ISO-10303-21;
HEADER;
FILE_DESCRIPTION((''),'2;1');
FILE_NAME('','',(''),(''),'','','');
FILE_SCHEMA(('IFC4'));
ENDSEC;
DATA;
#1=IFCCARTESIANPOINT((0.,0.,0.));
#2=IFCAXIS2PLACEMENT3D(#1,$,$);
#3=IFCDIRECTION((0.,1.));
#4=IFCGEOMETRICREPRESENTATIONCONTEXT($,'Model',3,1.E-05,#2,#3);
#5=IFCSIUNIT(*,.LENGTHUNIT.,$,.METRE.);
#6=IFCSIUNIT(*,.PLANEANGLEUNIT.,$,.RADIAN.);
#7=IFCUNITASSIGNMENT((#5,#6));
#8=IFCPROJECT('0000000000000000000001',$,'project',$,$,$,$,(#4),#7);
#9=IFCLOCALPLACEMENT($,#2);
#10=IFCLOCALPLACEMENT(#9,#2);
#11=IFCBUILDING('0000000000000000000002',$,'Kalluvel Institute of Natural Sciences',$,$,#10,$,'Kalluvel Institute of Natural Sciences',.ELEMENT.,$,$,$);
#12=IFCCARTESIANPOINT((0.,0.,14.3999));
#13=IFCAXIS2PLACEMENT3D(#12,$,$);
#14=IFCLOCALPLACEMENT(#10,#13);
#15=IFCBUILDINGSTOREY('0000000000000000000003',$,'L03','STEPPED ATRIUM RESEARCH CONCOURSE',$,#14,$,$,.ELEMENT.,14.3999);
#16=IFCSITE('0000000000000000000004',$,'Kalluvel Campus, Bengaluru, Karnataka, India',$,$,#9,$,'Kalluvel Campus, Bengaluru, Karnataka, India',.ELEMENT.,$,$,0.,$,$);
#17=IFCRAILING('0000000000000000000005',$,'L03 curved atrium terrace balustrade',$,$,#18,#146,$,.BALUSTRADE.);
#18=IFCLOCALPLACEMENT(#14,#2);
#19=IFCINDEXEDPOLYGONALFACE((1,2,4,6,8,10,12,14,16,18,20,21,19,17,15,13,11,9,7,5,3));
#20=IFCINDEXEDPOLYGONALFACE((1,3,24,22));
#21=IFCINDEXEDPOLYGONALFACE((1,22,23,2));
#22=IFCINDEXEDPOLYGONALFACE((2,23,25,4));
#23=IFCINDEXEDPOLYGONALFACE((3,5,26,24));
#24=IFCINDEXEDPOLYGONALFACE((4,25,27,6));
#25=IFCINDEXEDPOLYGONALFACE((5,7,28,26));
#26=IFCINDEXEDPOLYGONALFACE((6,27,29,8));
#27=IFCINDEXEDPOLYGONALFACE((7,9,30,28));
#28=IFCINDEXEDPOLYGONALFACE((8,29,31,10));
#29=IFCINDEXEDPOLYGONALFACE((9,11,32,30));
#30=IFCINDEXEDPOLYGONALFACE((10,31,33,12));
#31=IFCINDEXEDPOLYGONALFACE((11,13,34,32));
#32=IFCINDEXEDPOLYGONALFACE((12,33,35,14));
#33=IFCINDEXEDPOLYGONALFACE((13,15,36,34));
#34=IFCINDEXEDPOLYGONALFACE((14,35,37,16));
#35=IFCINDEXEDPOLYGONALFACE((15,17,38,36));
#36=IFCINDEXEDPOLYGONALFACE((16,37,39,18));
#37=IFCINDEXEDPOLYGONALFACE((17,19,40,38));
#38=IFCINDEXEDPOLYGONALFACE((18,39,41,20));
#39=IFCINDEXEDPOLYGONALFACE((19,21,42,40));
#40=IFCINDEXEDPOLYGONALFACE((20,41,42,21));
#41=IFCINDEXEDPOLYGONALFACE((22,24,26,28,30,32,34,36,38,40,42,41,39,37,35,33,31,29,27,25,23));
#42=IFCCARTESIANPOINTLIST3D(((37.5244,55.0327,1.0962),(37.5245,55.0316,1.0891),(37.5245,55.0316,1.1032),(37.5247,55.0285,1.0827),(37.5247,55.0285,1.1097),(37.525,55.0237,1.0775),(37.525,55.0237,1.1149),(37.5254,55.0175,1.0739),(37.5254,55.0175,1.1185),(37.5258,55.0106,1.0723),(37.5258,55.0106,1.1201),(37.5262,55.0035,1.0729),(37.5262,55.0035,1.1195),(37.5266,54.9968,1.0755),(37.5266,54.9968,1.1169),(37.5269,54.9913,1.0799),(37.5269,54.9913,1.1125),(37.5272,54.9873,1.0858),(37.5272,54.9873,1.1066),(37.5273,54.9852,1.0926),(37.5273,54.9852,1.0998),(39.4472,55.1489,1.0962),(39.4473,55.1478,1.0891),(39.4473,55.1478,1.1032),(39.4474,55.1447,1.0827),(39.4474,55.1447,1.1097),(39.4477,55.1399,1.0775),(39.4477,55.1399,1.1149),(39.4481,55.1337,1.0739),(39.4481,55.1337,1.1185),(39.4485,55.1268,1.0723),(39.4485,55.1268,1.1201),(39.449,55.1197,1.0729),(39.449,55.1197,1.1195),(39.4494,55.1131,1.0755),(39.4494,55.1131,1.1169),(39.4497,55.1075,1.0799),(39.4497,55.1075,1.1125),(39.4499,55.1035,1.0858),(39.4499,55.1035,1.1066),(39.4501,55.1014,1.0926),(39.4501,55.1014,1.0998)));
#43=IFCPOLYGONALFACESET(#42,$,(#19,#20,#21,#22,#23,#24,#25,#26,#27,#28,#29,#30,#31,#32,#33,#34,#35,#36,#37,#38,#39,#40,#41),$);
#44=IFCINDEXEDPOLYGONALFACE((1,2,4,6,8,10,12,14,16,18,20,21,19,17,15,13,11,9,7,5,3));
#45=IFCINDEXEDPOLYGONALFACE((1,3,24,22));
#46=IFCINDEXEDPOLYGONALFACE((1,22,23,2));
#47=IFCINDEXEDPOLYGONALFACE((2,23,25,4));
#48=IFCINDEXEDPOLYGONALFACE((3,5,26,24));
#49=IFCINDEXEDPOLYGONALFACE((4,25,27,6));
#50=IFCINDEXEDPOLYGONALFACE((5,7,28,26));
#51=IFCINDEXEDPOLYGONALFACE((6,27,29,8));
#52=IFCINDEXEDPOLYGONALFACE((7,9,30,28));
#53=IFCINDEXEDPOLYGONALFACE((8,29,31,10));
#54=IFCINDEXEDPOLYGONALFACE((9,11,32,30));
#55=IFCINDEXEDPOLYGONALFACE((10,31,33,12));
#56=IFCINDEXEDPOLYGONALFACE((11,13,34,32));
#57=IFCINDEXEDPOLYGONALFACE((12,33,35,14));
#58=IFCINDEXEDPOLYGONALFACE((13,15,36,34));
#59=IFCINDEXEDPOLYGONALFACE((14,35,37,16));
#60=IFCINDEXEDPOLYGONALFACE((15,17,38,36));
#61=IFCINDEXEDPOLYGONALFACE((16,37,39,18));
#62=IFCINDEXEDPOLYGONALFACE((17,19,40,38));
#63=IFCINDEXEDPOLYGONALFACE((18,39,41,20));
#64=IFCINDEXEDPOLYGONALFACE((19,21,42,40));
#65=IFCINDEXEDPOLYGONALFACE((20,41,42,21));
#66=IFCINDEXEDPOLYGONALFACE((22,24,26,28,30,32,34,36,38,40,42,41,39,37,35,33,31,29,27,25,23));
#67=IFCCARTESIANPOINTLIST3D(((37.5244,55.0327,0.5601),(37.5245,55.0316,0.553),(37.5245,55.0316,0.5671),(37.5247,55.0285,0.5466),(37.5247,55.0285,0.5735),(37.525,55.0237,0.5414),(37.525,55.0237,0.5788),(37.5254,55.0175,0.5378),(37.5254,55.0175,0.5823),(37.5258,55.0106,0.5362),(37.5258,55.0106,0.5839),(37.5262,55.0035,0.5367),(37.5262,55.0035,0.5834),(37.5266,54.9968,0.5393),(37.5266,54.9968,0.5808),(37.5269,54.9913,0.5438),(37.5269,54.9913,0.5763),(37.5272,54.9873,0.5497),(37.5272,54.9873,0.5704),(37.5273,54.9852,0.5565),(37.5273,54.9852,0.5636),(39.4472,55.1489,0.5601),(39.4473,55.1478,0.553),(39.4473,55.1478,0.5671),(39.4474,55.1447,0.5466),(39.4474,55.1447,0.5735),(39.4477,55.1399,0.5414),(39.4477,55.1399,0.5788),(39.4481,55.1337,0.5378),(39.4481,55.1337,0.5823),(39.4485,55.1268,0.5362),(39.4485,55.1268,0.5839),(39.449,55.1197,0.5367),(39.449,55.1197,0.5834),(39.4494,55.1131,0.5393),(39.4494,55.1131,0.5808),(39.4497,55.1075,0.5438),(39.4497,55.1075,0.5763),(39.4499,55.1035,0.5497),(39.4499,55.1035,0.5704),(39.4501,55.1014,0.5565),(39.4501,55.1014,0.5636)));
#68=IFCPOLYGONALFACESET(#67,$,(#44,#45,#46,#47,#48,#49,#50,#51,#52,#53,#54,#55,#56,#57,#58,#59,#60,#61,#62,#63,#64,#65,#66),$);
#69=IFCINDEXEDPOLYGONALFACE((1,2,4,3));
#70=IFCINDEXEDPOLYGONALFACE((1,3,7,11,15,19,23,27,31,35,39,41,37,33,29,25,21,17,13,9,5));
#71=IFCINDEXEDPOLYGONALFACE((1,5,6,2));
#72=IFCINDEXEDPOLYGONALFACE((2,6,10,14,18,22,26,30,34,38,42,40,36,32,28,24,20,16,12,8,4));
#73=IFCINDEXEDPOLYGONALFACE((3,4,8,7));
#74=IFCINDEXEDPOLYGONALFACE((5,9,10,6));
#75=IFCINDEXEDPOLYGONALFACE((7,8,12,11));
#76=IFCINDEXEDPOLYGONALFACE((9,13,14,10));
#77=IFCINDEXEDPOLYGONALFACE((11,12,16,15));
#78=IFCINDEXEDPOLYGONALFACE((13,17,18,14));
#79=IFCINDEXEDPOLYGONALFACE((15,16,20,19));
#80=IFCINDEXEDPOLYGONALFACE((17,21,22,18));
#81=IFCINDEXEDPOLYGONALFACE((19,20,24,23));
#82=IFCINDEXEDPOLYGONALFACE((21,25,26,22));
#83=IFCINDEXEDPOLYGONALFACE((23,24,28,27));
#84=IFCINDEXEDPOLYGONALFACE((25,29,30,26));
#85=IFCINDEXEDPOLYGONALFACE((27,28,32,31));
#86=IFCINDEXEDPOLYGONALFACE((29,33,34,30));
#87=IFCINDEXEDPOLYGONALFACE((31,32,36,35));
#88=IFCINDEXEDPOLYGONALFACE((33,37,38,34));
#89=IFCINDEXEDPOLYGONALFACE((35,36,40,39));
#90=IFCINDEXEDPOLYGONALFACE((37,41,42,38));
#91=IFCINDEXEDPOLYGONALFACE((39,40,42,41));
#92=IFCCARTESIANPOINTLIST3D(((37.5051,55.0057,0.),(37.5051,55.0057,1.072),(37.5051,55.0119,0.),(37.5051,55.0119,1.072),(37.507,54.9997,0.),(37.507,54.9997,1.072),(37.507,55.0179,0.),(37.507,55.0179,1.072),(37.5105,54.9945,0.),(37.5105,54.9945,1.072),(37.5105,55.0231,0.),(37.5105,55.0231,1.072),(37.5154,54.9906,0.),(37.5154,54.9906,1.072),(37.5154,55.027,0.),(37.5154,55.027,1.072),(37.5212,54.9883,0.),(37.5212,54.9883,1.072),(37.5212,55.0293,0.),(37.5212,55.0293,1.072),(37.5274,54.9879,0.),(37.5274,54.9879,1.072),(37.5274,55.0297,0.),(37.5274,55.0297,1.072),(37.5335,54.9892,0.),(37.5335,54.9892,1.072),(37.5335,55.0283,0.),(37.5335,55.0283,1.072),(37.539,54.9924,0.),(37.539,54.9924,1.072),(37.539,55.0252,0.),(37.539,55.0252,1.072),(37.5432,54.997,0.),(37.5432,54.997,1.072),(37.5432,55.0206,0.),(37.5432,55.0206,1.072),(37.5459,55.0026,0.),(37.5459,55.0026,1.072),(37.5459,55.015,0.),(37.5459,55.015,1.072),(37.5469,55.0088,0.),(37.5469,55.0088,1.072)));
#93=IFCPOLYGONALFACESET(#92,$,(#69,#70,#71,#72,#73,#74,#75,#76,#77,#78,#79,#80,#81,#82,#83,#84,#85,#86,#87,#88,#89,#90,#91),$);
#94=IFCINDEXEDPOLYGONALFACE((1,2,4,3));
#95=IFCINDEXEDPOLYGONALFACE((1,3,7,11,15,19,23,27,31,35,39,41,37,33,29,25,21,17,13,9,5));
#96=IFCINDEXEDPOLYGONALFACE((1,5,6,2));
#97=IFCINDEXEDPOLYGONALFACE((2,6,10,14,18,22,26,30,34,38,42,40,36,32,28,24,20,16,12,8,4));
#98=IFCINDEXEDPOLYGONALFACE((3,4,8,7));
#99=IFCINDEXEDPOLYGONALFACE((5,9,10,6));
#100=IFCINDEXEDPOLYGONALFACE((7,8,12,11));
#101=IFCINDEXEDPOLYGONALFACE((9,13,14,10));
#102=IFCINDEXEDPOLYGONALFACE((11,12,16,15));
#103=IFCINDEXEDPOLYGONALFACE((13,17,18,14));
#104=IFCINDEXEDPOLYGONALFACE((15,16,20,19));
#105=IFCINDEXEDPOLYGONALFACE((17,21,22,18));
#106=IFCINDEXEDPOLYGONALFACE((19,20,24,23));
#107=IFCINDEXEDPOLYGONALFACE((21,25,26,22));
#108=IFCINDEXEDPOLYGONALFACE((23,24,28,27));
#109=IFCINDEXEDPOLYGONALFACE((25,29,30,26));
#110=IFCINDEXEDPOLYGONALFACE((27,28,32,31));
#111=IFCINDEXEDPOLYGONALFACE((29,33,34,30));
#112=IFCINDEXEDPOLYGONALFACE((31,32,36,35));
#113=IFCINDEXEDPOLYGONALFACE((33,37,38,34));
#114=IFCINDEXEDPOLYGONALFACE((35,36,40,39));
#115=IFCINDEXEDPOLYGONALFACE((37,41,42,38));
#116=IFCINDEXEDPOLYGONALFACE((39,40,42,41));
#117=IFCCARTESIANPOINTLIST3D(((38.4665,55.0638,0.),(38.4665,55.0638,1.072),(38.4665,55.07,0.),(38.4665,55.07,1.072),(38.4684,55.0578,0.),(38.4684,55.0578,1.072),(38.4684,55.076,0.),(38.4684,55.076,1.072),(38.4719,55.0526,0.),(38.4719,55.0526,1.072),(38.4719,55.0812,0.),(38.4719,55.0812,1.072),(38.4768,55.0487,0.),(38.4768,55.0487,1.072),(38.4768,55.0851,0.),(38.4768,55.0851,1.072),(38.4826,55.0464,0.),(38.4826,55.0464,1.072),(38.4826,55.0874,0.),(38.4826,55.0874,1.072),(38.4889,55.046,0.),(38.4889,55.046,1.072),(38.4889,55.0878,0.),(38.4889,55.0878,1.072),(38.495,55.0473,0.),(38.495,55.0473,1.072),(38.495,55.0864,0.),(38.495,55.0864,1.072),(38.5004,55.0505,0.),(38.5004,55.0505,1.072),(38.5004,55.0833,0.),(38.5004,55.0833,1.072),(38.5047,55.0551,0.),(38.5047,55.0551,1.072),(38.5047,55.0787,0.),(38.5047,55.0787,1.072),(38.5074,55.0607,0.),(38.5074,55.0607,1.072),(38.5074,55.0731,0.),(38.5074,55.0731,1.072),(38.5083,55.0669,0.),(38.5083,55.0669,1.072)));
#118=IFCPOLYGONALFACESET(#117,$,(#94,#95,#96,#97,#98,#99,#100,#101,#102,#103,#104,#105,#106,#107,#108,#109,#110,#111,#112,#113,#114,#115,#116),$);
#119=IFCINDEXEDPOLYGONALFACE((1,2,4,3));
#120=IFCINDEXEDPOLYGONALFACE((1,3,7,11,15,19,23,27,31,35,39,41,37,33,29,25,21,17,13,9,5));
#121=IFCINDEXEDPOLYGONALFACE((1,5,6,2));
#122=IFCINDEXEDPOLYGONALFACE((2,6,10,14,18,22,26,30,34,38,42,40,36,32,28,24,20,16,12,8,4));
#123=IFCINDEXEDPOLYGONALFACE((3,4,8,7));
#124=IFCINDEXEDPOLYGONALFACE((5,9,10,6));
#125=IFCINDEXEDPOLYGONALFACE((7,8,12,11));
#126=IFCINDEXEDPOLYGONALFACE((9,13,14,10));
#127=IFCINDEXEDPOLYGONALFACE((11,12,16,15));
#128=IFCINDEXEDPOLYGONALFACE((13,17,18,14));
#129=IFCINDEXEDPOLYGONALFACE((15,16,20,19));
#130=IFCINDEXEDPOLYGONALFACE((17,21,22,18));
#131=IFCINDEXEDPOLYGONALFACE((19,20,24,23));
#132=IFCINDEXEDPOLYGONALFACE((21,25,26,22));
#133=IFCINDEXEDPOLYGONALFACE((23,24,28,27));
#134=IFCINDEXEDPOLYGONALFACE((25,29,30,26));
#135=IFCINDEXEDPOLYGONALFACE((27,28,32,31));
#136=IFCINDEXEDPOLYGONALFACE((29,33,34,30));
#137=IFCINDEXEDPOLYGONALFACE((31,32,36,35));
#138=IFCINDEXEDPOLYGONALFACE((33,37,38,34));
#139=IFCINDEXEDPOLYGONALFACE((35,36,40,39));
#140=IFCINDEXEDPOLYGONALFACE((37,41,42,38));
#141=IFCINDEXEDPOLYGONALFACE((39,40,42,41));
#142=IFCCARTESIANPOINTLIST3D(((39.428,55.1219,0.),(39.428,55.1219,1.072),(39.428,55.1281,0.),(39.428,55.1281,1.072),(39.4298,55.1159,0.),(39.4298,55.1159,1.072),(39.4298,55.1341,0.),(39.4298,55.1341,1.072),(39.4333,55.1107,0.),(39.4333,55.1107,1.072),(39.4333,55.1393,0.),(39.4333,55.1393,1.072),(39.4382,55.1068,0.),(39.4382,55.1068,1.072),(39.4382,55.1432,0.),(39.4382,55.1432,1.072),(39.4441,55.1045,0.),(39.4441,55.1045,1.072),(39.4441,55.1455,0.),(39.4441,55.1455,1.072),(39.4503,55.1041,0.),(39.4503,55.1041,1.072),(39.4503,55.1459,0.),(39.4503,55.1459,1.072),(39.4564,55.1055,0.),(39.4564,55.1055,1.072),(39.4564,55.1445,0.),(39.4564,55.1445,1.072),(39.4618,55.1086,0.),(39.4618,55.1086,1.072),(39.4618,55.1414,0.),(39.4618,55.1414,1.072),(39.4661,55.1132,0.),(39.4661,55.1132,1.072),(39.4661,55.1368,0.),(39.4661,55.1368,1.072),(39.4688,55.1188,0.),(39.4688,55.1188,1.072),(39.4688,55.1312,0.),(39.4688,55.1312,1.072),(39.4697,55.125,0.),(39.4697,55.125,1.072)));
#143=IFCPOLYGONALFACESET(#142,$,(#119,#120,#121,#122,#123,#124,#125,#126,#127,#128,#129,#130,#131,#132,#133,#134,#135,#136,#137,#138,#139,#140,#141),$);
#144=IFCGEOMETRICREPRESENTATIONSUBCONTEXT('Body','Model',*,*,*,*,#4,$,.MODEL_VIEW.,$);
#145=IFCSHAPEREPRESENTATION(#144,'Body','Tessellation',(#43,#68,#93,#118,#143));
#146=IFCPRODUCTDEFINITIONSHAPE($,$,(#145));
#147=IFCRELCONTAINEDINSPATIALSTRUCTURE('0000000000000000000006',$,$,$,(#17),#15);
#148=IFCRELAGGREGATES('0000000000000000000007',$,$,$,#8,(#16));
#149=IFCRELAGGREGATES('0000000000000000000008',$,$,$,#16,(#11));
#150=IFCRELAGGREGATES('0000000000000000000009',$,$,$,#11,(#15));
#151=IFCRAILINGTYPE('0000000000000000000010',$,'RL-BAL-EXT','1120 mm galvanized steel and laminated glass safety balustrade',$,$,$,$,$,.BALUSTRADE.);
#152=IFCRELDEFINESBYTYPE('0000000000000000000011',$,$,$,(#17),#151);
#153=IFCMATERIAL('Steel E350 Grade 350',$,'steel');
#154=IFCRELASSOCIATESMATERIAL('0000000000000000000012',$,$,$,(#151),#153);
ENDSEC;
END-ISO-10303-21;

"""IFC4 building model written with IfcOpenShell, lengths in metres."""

from ifc_helpers import new_model, si_unit, direction, frame, origin, origin_2d, place, context, subcontext, project, spatial, circle, extrude, material, type_object, element, save


model = new_model("IFC4")

# Units and contexts
model_context = context("Model", 3, precision=1e-05, world=origin(), true_north=direction((0.0, 1.0)))
body_context = subcontext(model_context, "Body", "Model", "MODEL_VIEW")
ifc_project = project(units=[si_unit("LENGTHUNIT", "METRE"), si_unit("PLANEANGLEUNIT", "RADIAN")], contexts=[model_context])

# Site, building, storey
site_placement = place(None, origin())
site = spatial("IfcSite", under=ifc_project, at=site_placement, Name="Kalluvel Campus, Bengaluru, Karnataka, India", LongName="Kalluvel Campus, Bengaluru, Karnataka, India", CompositionType="ELEMENT", RefElevation=0.0)
building_placement = place(site_placement, origin())
building = spatial("IfcBuilding", under=site, at=building_placement, Name="Kalluvel Institute of Natural Sciences", LongName="Kalluvel Institute of Natural Sciences", CompositionType="ELEMENT")
storey_placement = place(building_placement, frame((0.0, 0.0, 14.3999)))
storey = spatial("IfcBuildingStorey", under=building, at=storey_placement, Name="L03", Description="STEPPED ATRIUM RESEARCH CONCOURSE", CompositionType="ELEMENT", Elevation=14.3999)

# Shared definitions
ifc_material_1 = material(Name="Steel E350 Grade 350", Category="steel")

# Railing
railing_type = type_object("IfcRailingType", Name="RL-BAL-EXT", Description="1120 mm galvanized steel and laminated glass safety balustrade", PredefinedType="BALUSTRADE", material=ifc_material_1)
railing_1_placement = place(storey_placement, frame((37.5259, 55.0088, 0.0)))
element("IfcRailing", 1, at=railing_1_placement, inside=storey, type_object=railing_type, Name="L03 curved atrium terrace balustrade", PredefinedType="BALUSTRADE", context=body_context, shape_type="SweptSolid", body=[
    extrude(circle(Radius=0.0239, at=origin_2d()), frame((0.0, 0.0, 1.0962), z_axis=(0.998179, 0.060327, 0.0), x_axis=(-0.060327, 0.998179, 0.0)), (0.0, 0.0, 1.0), 1.9263),
    extrude(circle(Radius=0.0239, at=origin_2d()), frame((0.0, 0.0, 0.5601), z_axis=(0.998179, 0.060327, 0.0), x_axis=(-0.060327, 0.998179, 0.0)), (0.0, 0.0, 1.0), 1.9263),
    extrude(circle(Radius=0.021, at=origin_2d()), origin(), (0.0, 0.0, 1.0), 1.072),
    extrude(circle(Radius=0.021, at=origin_2d()), frame((0.9614, 0.0581, 0.0)), (0.0, 0.0, 1.0), 1.072),
    extrude(circle(Radius=0.021, at=origin_2d()), frame((1.9229, 0.1162, 0.0)), (0.0, 0.0, 1.0), 1.072),
])

save(model, "model.ifc")
